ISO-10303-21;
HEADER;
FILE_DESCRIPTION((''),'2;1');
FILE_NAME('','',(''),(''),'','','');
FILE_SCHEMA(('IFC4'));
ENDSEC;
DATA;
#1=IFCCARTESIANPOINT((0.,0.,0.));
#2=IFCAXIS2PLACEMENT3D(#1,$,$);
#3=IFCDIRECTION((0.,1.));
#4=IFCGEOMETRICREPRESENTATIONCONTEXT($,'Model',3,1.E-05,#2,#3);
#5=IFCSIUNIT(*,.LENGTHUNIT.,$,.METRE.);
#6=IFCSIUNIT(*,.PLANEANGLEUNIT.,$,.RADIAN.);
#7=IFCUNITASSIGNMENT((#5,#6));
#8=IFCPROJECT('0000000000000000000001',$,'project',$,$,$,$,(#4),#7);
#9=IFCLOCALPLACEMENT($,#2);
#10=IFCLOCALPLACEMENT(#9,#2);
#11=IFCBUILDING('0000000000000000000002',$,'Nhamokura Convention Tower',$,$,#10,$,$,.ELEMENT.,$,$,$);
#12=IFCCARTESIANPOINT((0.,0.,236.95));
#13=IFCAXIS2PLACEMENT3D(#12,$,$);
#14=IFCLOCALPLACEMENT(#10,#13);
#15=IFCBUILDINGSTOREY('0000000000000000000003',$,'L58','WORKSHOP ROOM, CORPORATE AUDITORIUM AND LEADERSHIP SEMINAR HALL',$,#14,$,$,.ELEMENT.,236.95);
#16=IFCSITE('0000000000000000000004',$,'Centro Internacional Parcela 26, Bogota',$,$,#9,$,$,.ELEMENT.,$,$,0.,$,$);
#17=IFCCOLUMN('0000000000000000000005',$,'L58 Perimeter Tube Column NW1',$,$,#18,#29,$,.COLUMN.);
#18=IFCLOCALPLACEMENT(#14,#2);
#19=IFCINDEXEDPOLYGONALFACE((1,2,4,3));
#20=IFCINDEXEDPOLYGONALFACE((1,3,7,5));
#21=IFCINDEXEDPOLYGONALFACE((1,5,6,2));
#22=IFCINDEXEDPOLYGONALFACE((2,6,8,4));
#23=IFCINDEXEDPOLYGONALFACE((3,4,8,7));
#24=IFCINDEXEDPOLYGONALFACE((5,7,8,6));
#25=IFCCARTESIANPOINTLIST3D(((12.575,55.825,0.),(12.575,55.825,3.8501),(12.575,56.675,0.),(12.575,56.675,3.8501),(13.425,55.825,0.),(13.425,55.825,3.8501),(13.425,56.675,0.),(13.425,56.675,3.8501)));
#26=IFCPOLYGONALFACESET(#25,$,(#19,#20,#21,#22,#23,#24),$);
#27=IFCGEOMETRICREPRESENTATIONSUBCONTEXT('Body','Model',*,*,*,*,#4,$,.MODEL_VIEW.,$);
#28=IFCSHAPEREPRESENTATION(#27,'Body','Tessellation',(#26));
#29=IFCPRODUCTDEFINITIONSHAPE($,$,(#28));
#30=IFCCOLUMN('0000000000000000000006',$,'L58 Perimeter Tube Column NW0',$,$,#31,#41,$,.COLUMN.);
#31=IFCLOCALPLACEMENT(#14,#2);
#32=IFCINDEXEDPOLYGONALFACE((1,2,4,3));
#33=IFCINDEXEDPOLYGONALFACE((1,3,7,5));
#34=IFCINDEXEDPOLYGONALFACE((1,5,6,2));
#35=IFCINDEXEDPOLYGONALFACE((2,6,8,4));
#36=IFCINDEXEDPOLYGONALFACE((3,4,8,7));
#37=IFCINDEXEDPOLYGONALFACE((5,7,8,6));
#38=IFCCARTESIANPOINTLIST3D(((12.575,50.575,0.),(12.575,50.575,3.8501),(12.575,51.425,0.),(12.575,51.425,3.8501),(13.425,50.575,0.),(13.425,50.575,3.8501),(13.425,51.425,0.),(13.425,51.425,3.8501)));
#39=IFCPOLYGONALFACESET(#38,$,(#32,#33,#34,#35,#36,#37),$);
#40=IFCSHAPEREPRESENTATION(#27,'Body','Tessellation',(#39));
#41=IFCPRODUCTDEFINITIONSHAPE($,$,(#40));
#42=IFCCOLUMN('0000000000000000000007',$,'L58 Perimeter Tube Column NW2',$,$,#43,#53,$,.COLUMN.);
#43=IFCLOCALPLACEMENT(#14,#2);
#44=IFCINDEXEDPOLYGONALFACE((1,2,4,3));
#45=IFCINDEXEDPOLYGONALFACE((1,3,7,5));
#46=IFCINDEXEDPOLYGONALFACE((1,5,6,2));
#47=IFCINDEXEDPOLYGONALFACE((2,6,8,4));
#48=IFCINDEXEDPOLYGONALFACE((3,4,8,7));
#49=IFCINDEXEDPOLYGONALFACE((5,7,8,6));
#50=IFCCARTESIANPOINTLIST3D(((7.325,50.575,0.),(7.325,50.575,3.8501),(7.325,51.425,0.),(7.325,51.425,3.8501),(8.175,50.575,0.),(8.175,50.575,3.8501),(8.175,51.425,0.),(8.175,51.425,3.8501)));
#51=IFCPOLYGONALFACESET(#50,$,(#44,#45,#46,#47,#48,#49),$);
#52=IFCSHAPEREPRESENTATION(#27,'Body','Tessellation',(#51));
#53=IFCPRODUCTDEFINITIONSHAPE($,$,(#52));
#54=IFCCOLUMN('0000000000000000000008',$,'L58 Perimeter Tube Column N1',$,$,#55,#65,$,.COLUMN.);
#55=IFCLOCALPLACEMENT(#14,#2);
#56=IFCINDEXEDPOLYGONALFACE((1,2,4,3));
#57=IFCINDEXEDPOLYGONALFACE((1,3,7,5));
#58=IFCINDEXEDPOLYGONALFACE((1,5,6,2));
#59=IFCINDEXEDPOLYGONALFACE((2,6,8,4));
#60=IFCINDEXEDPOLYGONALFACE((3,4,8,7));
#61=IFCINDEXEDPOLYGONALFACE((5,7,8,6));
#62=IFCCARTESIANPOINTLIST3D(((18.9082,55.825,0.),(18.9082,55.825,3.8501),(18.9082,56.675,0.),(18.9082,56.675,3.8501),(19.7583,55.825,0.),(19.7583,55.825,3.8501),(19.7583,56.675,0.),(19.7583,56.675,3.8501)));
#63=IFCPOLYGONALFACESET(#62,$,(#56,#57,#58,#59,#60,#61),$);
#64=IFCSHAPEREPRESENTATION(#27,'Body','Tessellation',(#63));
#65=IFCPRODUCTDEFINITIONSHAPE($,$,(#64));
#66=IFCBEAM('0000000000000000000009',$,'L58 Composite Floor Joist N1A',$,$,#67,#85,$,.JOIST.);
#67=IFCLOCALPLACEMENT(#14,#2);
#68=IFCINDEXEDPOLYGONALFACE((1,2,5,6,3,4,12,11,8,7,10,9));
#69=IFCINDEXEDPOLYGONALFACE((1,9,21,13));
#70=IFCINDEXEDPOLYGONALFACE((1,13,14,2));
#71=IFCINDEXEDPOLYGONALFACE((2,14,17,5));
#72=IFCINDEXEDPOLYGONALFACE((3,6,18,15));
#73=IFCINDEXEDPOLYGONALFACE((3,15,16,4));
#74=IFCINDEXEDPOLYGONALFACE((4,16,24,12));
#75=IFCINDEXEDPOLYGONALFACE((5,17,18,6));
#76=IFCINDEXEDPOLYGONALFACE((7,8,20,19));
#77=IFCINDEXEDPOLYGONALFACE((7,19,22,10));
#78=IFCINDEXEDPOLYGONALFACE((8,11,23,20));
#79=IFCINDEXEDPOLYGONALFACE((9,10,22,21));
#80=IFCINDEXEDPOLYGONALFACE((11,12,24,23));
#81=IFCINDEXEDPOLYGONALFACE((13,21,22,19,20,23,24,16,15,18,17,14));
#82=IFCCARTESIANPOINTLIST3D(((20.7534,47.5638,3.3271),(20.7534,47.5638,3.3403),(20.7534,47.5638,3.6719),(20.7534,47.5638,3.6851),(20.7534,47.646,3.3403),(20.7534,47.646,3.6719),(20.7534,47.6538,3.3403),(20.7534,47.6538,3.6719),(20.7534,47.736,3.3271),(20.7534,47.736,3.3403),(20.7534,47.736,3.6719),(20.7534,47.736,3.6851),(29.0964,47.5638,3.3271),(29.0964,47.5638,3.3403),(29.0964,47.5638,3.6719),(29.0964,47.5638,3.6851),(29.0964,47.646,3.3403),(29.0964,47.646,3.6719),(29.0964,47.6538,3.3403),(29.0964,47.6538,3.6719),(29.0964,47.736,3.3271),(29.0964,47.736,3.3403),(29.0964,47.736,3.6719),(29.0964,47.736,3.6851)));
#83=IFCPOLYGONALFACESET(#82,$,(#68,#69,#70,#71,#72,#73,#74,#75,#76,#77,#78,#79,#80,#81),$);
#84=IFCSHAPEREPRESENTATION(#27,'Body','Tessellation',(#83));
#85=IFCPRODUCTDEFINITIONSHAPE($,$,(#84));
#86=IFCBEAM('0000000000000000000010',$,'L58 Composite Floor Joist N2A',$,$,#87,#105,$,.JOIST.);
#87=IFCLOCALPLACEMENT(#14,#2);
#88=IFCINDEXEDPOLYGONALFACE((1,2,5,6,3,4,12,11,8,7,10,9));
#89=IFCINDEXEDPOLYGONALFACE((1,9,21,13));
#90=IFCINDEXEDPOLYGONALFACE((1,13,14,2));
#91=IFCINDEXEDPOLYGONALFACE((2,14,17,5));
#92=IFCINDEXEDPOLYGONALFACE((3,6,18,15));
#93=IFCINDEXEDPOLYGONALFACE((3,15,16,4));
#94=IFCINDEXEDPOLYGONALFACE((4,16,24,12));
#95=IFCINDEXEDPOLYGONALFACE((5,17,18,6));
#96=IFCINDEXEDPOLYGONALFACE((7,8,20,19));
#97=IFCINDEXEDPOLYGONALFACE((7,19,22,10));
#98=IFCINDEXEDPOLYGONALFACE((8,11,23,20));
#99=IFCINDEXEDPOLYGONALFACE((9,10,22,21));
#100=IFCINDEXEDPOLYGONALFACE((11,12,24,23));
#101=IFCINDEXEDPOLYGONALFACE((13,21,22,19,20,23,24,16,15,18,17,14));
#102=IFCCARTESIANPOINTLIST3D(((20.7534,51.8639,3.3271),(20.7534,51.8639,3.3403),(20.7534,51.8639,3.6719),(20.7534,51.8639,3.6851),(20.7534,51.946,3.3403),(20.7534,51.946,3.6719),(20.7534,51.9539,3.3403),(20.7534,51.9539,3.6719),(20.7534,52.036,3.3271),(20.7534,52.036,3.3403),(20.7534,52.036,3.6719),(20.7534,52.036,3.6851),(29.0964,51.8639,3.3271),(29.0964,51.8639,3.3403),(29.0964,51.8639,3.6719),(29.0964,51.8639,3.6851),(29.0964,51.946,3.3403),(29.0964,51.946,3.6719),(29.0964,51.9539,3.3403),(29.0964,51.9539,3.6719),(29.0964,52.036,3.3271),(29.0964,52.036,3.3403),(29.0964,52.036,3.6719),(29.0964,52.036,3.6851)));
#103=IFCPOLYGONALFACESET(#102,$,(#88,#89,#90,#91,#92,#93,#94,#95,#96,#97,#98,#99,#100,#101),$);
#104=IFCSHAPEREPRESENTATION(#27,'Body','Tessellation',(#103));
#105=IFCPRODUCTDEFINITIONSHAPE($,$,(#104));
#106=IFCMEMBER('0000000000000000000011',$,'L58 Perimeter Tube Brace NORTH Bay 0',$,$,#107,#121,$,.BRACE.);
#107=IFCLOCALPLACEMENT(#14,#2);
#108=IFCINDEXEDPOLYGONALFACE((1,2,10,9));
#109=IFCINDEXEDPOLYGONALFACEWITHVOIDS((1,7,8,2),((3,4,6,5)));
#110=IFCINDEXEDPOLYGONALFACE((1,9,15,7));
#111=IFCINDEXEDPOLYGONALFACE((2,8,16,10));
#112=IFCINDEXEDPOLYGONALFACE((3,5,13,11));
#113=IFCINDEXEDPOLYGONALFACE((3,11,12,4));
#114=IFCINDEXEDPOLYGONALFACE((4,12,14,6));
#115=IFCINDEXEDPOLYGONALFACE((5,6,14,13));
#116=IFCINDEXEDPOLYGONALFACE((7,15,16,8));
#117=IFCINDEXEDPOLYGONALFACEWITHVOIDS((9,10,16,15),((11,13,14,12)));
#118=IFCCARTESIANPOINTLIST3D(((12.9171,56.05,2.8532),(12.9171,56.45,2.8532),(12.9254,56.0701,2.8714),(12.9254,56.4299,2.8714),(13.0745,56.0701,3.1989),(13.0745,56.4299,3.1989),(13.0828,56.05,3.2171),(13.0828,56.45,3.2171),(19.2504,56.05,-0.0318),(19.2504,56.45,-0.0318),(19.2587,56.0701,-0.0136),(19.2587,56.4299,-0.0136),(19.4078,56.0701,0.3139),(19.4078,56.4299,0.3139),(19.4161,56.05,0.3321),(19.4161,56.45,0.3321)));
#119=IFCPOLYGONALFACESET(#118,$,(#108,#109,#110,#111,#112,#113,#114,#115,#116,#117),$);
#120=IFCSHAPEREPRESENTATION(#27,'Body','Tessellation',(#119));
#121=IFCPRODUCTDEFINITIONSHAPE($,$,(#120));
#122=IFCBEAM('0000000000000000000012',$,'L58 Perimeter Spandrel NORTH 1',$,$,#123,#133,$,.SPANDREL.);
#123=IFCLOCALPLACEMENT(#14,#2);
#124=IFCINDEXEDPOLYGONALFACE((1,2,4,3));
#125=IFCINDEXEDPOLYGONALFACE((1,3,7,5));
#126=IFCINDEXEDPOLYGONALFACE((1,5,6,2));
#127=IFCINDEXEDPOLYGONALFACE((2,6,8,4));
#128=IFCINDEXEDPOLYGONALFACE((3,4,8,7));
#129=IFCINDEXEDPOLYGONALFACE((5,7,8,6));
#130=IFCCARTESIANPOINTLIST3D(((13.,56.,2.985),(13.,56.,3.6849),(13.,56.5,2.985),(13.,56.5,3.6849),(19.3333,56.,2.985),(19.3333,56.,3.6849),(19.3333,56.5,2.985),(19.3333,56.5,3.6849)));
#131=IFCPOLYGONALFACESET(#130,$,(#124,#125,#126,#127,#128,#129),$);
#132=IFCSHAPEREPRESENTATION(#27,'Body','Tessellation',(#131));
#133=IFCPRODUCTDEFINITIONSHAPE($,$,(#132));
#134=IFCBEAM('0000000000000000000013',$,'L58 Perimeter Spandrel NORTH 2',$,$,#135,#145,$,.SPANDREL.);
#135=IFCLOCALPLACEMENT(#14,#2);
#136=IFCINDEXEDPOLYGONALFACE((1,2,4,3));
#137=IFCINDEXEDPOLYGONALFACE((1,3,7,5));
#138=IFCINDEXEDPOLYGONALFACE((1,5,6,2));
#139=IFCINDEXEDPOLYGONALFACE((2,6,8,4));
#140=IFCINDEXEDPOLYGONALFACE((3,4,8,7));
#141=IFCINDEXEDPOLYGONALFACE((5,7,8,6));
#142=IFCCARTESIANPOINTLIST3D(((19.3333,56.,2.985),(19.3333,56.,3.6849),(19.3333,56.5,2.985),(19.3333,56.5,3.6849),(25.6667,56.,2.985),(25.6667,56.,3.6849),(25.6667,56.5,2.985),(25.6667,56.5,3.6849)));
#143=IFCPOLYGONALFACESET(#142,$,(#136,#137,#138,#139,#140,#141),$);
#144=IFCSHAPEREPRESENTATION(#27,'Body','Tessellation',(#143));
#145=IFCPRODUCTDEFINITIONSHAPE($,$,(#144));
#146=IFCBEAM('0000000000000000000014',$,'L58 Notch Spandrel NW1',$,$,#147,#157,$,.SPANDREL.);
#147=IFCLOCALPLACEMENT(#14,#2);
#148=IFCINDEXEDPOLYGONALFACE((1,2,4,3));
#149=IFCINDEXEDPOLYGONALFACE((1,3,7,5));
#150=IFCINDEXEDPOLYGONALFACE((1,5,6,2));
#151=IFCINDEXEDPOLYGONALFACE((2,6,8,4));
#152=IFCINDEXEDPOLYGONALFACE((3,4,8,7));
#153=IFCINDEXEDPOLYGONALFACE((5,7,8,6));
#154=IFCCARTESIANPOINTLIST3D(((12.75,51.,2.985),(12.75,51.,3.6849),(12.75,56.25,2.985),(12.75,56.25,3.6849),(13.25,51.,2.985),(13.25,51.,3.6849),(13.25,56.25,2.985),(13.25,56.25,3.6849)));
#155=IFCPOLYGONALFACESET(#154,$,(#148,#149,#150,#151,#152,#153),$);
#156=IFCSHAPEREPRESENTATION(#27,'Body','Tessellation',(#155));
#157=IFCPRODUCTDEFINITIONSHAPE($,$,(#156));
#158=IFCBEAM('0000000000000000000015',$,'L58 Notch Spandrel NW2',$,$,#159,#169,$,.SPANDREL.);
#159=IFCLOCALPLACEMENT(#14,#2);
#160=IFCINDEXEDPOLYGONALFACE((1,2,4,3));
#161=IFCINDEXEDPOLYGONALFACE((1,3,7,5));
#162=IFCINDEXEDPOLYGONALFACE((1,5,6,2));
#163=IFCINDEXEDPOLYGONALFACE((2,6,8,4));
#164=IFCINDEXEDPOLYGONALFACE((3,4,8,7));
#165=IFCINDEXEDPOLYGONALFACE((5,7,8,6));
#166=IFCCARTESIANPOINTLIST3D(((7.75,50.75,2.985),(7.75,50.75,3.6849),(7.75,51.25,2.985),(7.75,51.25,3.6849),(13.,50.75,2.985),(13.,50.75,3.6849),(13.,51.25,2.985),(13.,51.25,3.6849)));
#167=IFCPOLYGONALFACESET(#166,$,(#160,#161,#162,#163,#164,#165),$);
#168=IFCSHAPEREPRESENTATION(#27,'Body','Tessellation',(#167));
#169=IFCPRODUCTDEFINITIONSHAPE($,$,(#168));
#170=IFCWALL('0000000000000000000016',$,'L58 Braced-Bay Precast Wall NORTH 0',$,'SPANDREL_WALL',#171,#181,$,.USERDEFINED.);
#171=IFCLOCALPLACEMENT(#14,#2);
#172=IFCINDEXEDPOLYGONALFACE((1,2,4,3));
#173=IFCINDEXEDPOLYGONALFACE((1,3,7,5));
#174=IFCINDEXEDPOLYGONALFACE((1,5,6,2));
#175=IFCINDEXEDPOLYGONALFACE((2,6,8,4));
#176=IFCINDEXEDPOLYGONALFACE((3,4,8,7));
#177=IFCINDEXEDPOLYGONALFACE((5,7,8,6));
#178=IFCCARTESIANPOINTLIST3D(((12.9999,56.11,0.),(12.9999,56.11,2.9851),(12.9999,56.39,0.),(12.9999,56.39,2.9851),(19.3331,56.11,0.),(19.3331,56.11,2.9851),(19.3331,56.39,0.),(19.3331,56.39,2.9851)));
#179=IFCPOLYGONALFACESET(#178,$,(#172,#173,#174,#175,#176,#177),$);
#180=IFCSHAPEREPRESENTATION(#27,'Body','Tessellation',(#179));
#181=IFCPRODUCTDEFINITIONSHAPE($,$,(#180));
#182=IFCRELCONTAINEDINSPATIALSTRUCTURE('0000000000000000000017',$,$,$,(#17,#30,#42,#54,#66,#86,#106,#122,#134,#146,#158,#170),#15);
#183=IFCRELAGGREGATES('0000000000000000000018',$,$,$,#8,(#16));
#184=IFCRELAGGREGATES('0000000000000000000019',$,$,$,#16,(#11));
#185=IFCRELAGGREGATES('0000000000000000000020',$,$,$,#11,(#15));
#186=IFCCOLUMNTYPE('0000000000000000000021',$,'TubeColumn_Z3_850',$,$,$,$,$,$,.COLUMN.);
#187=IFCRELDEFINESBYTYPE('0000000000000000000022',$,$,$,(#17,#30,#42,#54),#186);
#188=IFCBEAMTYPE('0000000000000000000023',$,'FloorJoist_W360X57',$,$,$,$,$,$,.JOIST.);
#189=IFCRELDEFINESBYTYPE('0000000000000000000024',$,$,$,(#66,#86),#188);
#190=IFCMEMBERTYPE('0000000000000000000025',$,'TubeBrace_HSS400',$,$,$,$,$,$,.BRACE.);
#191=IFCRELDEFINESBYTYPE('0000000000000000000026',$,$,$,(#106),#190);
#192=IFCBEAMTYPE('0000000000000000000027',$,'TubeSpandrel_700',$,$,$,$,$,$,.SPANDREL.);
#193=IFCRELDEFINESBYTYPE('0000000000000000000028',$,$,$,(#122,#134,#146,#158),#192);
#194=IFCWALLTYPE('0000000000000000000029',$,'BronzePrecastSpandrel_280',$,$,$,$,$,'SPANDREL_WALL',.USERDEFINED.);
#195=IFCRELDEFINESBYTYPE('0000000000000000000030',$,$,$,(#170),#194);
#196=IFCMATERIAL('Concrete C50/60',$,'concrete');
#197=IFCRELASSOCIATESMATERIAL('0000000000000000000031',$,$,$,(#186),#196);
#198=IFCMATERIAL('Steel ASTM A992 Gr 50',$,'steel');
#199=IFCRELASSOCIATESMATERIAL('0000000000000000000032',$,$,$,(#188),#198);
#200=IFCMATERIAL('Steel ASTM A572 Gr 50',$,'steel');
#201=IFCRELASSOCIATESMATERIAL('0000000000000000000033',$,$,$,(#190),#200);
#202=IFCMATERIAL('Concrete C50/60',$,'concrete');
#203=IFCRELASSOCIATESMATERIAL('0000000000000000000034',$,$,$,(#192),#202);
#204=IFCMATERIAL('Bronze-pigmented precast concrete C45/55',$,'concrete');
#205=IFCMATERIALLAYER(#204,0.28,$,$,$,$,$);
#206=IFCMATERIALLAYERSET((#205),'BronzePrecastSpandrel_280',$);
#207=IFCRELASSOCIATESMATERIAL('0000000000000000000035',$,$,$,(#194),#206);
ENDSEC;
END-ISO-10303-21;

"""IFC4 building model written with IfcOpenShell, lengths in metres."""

from ifc_helpers import new_model, si_unit, direction, frame, frame_2d, origin, origin_2d, place, context, subcontext, project, spatial, rectangle, hollow_rectangle, i_section, extrude, material, layer, layer_set, material_profile, profile_set, type_object, element, save


model = new_model("IFC4")

# Units and contexts
model_context = context("Model", 3, precision=1e-05, world=origin(), true_north=direction((0.0, 1.0)))
body_context = subcontext(model_context, "Body", "Model", "MODEL_VIEW")
ifc_project = project(units=[si_unit("LENGTHUNIT", "METRE"), si_unit("PLANEANGLEUNIT", "RADIAN")], contexts=[model_context])

# Site, building, storey
site_placement = place(None, origin())
site = spatial("IfcSite", under=ifc_project, at=site_placement, Name="Centro Internacional Parcela 26, Bogota", CompositionType="ELEMENT", RefElevation=0.0)
building_placement = place(site_placement, origin())
building = spatial("IfcBuilding", under=site, at=building_placement, Name="Nhamokura Convention Tower", CompositionType="ELEMENT")
storey_placement = place(building_placement, frame((0.0, 0.0, 236.95)))
storey = spatial("IfcBuildingStorey", under=building, at=storey_placement, Name="L58", Description="WORKSHOP ROOM, CORPORATE AUDITORIUM AND LEADERSHIP SEMINAR HALL", CompositionType="ELEMENT", Elevation=236.95)

# Columns
ifc_material_1 = material(Name="Concrete C50/60", Category="concrete")
ifc_material_profile_1 = material_profile(ifc_material_1, rectangle(XDim=0.8501, YDim=0.8501, at=origin_2d()))
ifc_profile_set_1 = profile_set([ifc_material_profile_1], Name="Concrete C50/60")
column_type = type_object("IfcColumnType", Name="TubeColumn_Z3_850", PredefinedType="COLUMN", material=ifc_profile_set_1)
for number, where, z_axis, x_axis, name in (
    (1, (13.0, 56.25, 0.0), (0.0, 0.0, 1.0), (1.0, 0.0, 0.0), "L58 Perimeter Tube Column NW1"),
    (2, (13.0, 51.0, 0.0), (0.0, 0.0, 1.0), (1.0, 0.0, 0.0), "L58 Perimeter Tube Column NW0"),
    (3, (7.75, 51.0, 0.0), (0.0, 0.0, 1.0), (1.0, 0.0, 0.0), "L58 Perimeter Tube Column NW2"),
    (4, (19.3333, 56.25, 0.0), (0.0, 0.0, 1.0), (1.0, 0.0, 0.0), "L58 Perimeter Tube Column N1"),
):
    element("IfcColumn", number, at=place(storey_placement, frame(where, z_axis=z_axis, x_axis=x_axis)), inside=storey, type_object=column_type, Name=name, PredefinedType="COLUMN", context=body_context, shape_type="SweptSolid", body=[
        extrude(rectangle(XDim=0.8501, YDim=0.8501, at=origin_2d()), origin(), (0.0, 0.0, 1.0), 3.8501),
    ])

# Beams
ifc_material_2 = material(Name="Steel ASTM A992 Gr 50", Category="steel")
ifc_material_profile_2 = material_profile(ifc_material_2, i_section(OverallWidth=0.1721, OverallDepth=0.3579, WebThickness=0.0078, FlangeThickness=0.0132, at=origin_2d()))
ifc_profile_set_2 = profile_set([ifc_material_profile_2], Name="Steel ASTM A992 Gr 50")
beam_type_1 = type_object("IfcBeamType", Name="FloorJoist_W360X57", PredefinedType="JOIST", material=ifc_profile_set_2)
for number, where, z_axis, x_axis, name in (
    (5, (20.7534, 47.6499, 3.5061), (1.0, 0.0, 0.0), (0.0, 1.0, 0.0), "L58 Composite Floor Joist N1A"),
    (6, (20.7534, 51.95, 3.5061), (1.0, 0.0, 0.0), (0.0, 1.0, 0.0), "L58 Composite Floor Joist N2A"),
):
    element("IfcBeam", number, at=place(storey_placement, frame(where, z_axis=z_axis, x_axis=x_axis)), inside=storey, type_object=beam_type_1, Name=name, PredefinedType="JOIST", context=body_context, shape_type="SweptSolid", body=[
        extrude(i_section(OverallWidth=0.1721, OverallDepth=0.3579, WebThickness=0.0078, FlangeThickness=0.0132, at=origin_2d()), origin(), (0.0, 0.0, 1.0), 8.343),
    ])

# Member
ifc_material_3 = material(Name="Steel ASTM A572 Gr 50", Category="steel")
ifc_material_profile_3 = material_profile(ifc_material_3, hollow_rectangle(XDim=0.3999, YDim=0.3999, WallThickness=0.02, at=origin_2d()))
ifc_profile_set_3 = profile_set([ifc_material_profile_3], Name="Steel ASTM A572 Gr 50")
member_type = type_object("IfcMemberType", Name="TubeBrace_HSS400", PredefinedType="BRACE", material=ifc_profile_set_3)
member_placement = place(storey_placement, frame((19.3333, 56.25, 0.1501), z_axis=(-0.910027, 0.0, 0.414548), x_axis=(0.0, -1.0, 0.0)))
element("IfcMember", 7, at=member_placement, inside=storey, type_object=member_type, Name="L58 Perimeter Tube Brace NORTH Bay 0", PredefinedType="BRACE", context=body_context, shape_type="SweptSolid", body=[
    extrude(hollow_rectangle(XDim=0.3999, YDim=0.3999, WallThickness=0.02, at=origin_2d()), origin(), (0.0, 0.0, 1.0), 6.9595),
])

# Beams
ifc_material_4 = material(Name="Concrete C50/60", Category="concrete")
ifc_material_profile_4 = material_profile(ifc_material_4, rectangle(XDim=0.5, YDim=0.7, at=origin_2d()))
ifc_profile_set_4 = profile_set([ifc_material_profile_4], Name="Concrete C50/60")
beam_type_2 = type_object("IfcBeamType", Name="TubeSpandrel_700", PredefinedType="SPANDREL", material=ifc_profile_set_4)
beam_1_placement = place(storey_placement, frame((13.0, 56.25, 3.335), z_axis=(1.0, 0.0, 0.0), x_axis=(0.0, 1.0, 0.0)))
element("IfcBeam", 8, at=beam_1_placement, inside=storey, type_object=beam_type_2, Name="L58 Perimeter Spandrel NORTH 1", PredefinedType="SPANDREL", context=body_context, shape_type="SweptSolid", body=[
    extrude(rectangle(XDim=0.5, YDim=0.7, at=origin_2d()), origin(), (0.0, 0.0, 1.0), 6.3333),
])
beam_2_placement = place(storey_placement, frame((19.3333, 56.25, 3.335), z_axis=(1.0, 0.0, 0.0), x_axis=(0.0, 1.0, 0.0)))
element("IfcBeam", 9, at=beam_2_placement, inside=storey, type_object=beam_type_2, Name="L58 Perimeter Spandrel NORTH 2", PredefinedType="SPANDREL", context=body_context, shape_type="SweptSolid", body=[
    extrude(rectangle(XDim=0.5, YDim=0.7, at=origin_2d()), origin(), (0.0, 0.0, 1.0), 6.3335),
])
for number, where, z_axis, x_axis, name in (
    (10, (13.0, 56.25, 3.335), (0.0, -1.0, 0.0), (1.0, 0.0, 0.0), "L58 Notch Spandrel NW1"),
    (11, (13.0, 51.0, 3.335), (-1.0, 0.0, 0.0), (0.0, -1.0, 0.0), "L58 Notch Spandrel NW2"),
):
    element("IfcBeam", number, at=place(storey_placement, frame(where, z_axis=z_axis, x_axis=x_axis)), inside=storey, type_object=beam_type_2, Name=name, PredefinedType="SPANDREL", context=body_context, shape_type="SweptSolid", body=[
        extrude(rectangle(XDim=0.5, YDim=0.7, at=origin_2d()), origin(), (0.0, 0.0, 1.0), 5.25),
    ])

# Wall
ifc_material_5 = material(Name="Bronze-pigmented precast concrete C45/55", Category="concrete")
ifc_layer_1 = layer(ifc_material_5, 0.28)
ifc_layer_set_1 = layer_set([ifc_layer_1], Name="BronzePrecastSpandrel_280")
wall_type_1 = type_object("IfcWallType", Name="BronzePrecastSpandrel_280", ElementType="SPANDREL_WALL", PredefinedType="USERDEFINED", material=ifc_layer_set_1)
wall_1_placement = place(storey_placement, frame((13.0, 56.25, 0.0), z_axis=(0.0, 0.0, 1.0), x_axis=(1.0, 0.0, 0.0)))
element("IfcWall", 12, at=wall_1_placement, inside=storey, type_object=wall_type_1, Name="L58 Braced-Bay Precast Wall NORTH 0", ObjectType="SPANDREL_WALL", PredefinedType="USERDEFINED", context=body_context, shape_type="SweptSolid", body=[
    extrude(rectangle(XDim=6.3333, YDim=0.28, at=frame_2d((3.1665, 0.0))), origin(), (0.0, 0.0, 1.0), 2.9851),
])

save(model, "model.ifc")
